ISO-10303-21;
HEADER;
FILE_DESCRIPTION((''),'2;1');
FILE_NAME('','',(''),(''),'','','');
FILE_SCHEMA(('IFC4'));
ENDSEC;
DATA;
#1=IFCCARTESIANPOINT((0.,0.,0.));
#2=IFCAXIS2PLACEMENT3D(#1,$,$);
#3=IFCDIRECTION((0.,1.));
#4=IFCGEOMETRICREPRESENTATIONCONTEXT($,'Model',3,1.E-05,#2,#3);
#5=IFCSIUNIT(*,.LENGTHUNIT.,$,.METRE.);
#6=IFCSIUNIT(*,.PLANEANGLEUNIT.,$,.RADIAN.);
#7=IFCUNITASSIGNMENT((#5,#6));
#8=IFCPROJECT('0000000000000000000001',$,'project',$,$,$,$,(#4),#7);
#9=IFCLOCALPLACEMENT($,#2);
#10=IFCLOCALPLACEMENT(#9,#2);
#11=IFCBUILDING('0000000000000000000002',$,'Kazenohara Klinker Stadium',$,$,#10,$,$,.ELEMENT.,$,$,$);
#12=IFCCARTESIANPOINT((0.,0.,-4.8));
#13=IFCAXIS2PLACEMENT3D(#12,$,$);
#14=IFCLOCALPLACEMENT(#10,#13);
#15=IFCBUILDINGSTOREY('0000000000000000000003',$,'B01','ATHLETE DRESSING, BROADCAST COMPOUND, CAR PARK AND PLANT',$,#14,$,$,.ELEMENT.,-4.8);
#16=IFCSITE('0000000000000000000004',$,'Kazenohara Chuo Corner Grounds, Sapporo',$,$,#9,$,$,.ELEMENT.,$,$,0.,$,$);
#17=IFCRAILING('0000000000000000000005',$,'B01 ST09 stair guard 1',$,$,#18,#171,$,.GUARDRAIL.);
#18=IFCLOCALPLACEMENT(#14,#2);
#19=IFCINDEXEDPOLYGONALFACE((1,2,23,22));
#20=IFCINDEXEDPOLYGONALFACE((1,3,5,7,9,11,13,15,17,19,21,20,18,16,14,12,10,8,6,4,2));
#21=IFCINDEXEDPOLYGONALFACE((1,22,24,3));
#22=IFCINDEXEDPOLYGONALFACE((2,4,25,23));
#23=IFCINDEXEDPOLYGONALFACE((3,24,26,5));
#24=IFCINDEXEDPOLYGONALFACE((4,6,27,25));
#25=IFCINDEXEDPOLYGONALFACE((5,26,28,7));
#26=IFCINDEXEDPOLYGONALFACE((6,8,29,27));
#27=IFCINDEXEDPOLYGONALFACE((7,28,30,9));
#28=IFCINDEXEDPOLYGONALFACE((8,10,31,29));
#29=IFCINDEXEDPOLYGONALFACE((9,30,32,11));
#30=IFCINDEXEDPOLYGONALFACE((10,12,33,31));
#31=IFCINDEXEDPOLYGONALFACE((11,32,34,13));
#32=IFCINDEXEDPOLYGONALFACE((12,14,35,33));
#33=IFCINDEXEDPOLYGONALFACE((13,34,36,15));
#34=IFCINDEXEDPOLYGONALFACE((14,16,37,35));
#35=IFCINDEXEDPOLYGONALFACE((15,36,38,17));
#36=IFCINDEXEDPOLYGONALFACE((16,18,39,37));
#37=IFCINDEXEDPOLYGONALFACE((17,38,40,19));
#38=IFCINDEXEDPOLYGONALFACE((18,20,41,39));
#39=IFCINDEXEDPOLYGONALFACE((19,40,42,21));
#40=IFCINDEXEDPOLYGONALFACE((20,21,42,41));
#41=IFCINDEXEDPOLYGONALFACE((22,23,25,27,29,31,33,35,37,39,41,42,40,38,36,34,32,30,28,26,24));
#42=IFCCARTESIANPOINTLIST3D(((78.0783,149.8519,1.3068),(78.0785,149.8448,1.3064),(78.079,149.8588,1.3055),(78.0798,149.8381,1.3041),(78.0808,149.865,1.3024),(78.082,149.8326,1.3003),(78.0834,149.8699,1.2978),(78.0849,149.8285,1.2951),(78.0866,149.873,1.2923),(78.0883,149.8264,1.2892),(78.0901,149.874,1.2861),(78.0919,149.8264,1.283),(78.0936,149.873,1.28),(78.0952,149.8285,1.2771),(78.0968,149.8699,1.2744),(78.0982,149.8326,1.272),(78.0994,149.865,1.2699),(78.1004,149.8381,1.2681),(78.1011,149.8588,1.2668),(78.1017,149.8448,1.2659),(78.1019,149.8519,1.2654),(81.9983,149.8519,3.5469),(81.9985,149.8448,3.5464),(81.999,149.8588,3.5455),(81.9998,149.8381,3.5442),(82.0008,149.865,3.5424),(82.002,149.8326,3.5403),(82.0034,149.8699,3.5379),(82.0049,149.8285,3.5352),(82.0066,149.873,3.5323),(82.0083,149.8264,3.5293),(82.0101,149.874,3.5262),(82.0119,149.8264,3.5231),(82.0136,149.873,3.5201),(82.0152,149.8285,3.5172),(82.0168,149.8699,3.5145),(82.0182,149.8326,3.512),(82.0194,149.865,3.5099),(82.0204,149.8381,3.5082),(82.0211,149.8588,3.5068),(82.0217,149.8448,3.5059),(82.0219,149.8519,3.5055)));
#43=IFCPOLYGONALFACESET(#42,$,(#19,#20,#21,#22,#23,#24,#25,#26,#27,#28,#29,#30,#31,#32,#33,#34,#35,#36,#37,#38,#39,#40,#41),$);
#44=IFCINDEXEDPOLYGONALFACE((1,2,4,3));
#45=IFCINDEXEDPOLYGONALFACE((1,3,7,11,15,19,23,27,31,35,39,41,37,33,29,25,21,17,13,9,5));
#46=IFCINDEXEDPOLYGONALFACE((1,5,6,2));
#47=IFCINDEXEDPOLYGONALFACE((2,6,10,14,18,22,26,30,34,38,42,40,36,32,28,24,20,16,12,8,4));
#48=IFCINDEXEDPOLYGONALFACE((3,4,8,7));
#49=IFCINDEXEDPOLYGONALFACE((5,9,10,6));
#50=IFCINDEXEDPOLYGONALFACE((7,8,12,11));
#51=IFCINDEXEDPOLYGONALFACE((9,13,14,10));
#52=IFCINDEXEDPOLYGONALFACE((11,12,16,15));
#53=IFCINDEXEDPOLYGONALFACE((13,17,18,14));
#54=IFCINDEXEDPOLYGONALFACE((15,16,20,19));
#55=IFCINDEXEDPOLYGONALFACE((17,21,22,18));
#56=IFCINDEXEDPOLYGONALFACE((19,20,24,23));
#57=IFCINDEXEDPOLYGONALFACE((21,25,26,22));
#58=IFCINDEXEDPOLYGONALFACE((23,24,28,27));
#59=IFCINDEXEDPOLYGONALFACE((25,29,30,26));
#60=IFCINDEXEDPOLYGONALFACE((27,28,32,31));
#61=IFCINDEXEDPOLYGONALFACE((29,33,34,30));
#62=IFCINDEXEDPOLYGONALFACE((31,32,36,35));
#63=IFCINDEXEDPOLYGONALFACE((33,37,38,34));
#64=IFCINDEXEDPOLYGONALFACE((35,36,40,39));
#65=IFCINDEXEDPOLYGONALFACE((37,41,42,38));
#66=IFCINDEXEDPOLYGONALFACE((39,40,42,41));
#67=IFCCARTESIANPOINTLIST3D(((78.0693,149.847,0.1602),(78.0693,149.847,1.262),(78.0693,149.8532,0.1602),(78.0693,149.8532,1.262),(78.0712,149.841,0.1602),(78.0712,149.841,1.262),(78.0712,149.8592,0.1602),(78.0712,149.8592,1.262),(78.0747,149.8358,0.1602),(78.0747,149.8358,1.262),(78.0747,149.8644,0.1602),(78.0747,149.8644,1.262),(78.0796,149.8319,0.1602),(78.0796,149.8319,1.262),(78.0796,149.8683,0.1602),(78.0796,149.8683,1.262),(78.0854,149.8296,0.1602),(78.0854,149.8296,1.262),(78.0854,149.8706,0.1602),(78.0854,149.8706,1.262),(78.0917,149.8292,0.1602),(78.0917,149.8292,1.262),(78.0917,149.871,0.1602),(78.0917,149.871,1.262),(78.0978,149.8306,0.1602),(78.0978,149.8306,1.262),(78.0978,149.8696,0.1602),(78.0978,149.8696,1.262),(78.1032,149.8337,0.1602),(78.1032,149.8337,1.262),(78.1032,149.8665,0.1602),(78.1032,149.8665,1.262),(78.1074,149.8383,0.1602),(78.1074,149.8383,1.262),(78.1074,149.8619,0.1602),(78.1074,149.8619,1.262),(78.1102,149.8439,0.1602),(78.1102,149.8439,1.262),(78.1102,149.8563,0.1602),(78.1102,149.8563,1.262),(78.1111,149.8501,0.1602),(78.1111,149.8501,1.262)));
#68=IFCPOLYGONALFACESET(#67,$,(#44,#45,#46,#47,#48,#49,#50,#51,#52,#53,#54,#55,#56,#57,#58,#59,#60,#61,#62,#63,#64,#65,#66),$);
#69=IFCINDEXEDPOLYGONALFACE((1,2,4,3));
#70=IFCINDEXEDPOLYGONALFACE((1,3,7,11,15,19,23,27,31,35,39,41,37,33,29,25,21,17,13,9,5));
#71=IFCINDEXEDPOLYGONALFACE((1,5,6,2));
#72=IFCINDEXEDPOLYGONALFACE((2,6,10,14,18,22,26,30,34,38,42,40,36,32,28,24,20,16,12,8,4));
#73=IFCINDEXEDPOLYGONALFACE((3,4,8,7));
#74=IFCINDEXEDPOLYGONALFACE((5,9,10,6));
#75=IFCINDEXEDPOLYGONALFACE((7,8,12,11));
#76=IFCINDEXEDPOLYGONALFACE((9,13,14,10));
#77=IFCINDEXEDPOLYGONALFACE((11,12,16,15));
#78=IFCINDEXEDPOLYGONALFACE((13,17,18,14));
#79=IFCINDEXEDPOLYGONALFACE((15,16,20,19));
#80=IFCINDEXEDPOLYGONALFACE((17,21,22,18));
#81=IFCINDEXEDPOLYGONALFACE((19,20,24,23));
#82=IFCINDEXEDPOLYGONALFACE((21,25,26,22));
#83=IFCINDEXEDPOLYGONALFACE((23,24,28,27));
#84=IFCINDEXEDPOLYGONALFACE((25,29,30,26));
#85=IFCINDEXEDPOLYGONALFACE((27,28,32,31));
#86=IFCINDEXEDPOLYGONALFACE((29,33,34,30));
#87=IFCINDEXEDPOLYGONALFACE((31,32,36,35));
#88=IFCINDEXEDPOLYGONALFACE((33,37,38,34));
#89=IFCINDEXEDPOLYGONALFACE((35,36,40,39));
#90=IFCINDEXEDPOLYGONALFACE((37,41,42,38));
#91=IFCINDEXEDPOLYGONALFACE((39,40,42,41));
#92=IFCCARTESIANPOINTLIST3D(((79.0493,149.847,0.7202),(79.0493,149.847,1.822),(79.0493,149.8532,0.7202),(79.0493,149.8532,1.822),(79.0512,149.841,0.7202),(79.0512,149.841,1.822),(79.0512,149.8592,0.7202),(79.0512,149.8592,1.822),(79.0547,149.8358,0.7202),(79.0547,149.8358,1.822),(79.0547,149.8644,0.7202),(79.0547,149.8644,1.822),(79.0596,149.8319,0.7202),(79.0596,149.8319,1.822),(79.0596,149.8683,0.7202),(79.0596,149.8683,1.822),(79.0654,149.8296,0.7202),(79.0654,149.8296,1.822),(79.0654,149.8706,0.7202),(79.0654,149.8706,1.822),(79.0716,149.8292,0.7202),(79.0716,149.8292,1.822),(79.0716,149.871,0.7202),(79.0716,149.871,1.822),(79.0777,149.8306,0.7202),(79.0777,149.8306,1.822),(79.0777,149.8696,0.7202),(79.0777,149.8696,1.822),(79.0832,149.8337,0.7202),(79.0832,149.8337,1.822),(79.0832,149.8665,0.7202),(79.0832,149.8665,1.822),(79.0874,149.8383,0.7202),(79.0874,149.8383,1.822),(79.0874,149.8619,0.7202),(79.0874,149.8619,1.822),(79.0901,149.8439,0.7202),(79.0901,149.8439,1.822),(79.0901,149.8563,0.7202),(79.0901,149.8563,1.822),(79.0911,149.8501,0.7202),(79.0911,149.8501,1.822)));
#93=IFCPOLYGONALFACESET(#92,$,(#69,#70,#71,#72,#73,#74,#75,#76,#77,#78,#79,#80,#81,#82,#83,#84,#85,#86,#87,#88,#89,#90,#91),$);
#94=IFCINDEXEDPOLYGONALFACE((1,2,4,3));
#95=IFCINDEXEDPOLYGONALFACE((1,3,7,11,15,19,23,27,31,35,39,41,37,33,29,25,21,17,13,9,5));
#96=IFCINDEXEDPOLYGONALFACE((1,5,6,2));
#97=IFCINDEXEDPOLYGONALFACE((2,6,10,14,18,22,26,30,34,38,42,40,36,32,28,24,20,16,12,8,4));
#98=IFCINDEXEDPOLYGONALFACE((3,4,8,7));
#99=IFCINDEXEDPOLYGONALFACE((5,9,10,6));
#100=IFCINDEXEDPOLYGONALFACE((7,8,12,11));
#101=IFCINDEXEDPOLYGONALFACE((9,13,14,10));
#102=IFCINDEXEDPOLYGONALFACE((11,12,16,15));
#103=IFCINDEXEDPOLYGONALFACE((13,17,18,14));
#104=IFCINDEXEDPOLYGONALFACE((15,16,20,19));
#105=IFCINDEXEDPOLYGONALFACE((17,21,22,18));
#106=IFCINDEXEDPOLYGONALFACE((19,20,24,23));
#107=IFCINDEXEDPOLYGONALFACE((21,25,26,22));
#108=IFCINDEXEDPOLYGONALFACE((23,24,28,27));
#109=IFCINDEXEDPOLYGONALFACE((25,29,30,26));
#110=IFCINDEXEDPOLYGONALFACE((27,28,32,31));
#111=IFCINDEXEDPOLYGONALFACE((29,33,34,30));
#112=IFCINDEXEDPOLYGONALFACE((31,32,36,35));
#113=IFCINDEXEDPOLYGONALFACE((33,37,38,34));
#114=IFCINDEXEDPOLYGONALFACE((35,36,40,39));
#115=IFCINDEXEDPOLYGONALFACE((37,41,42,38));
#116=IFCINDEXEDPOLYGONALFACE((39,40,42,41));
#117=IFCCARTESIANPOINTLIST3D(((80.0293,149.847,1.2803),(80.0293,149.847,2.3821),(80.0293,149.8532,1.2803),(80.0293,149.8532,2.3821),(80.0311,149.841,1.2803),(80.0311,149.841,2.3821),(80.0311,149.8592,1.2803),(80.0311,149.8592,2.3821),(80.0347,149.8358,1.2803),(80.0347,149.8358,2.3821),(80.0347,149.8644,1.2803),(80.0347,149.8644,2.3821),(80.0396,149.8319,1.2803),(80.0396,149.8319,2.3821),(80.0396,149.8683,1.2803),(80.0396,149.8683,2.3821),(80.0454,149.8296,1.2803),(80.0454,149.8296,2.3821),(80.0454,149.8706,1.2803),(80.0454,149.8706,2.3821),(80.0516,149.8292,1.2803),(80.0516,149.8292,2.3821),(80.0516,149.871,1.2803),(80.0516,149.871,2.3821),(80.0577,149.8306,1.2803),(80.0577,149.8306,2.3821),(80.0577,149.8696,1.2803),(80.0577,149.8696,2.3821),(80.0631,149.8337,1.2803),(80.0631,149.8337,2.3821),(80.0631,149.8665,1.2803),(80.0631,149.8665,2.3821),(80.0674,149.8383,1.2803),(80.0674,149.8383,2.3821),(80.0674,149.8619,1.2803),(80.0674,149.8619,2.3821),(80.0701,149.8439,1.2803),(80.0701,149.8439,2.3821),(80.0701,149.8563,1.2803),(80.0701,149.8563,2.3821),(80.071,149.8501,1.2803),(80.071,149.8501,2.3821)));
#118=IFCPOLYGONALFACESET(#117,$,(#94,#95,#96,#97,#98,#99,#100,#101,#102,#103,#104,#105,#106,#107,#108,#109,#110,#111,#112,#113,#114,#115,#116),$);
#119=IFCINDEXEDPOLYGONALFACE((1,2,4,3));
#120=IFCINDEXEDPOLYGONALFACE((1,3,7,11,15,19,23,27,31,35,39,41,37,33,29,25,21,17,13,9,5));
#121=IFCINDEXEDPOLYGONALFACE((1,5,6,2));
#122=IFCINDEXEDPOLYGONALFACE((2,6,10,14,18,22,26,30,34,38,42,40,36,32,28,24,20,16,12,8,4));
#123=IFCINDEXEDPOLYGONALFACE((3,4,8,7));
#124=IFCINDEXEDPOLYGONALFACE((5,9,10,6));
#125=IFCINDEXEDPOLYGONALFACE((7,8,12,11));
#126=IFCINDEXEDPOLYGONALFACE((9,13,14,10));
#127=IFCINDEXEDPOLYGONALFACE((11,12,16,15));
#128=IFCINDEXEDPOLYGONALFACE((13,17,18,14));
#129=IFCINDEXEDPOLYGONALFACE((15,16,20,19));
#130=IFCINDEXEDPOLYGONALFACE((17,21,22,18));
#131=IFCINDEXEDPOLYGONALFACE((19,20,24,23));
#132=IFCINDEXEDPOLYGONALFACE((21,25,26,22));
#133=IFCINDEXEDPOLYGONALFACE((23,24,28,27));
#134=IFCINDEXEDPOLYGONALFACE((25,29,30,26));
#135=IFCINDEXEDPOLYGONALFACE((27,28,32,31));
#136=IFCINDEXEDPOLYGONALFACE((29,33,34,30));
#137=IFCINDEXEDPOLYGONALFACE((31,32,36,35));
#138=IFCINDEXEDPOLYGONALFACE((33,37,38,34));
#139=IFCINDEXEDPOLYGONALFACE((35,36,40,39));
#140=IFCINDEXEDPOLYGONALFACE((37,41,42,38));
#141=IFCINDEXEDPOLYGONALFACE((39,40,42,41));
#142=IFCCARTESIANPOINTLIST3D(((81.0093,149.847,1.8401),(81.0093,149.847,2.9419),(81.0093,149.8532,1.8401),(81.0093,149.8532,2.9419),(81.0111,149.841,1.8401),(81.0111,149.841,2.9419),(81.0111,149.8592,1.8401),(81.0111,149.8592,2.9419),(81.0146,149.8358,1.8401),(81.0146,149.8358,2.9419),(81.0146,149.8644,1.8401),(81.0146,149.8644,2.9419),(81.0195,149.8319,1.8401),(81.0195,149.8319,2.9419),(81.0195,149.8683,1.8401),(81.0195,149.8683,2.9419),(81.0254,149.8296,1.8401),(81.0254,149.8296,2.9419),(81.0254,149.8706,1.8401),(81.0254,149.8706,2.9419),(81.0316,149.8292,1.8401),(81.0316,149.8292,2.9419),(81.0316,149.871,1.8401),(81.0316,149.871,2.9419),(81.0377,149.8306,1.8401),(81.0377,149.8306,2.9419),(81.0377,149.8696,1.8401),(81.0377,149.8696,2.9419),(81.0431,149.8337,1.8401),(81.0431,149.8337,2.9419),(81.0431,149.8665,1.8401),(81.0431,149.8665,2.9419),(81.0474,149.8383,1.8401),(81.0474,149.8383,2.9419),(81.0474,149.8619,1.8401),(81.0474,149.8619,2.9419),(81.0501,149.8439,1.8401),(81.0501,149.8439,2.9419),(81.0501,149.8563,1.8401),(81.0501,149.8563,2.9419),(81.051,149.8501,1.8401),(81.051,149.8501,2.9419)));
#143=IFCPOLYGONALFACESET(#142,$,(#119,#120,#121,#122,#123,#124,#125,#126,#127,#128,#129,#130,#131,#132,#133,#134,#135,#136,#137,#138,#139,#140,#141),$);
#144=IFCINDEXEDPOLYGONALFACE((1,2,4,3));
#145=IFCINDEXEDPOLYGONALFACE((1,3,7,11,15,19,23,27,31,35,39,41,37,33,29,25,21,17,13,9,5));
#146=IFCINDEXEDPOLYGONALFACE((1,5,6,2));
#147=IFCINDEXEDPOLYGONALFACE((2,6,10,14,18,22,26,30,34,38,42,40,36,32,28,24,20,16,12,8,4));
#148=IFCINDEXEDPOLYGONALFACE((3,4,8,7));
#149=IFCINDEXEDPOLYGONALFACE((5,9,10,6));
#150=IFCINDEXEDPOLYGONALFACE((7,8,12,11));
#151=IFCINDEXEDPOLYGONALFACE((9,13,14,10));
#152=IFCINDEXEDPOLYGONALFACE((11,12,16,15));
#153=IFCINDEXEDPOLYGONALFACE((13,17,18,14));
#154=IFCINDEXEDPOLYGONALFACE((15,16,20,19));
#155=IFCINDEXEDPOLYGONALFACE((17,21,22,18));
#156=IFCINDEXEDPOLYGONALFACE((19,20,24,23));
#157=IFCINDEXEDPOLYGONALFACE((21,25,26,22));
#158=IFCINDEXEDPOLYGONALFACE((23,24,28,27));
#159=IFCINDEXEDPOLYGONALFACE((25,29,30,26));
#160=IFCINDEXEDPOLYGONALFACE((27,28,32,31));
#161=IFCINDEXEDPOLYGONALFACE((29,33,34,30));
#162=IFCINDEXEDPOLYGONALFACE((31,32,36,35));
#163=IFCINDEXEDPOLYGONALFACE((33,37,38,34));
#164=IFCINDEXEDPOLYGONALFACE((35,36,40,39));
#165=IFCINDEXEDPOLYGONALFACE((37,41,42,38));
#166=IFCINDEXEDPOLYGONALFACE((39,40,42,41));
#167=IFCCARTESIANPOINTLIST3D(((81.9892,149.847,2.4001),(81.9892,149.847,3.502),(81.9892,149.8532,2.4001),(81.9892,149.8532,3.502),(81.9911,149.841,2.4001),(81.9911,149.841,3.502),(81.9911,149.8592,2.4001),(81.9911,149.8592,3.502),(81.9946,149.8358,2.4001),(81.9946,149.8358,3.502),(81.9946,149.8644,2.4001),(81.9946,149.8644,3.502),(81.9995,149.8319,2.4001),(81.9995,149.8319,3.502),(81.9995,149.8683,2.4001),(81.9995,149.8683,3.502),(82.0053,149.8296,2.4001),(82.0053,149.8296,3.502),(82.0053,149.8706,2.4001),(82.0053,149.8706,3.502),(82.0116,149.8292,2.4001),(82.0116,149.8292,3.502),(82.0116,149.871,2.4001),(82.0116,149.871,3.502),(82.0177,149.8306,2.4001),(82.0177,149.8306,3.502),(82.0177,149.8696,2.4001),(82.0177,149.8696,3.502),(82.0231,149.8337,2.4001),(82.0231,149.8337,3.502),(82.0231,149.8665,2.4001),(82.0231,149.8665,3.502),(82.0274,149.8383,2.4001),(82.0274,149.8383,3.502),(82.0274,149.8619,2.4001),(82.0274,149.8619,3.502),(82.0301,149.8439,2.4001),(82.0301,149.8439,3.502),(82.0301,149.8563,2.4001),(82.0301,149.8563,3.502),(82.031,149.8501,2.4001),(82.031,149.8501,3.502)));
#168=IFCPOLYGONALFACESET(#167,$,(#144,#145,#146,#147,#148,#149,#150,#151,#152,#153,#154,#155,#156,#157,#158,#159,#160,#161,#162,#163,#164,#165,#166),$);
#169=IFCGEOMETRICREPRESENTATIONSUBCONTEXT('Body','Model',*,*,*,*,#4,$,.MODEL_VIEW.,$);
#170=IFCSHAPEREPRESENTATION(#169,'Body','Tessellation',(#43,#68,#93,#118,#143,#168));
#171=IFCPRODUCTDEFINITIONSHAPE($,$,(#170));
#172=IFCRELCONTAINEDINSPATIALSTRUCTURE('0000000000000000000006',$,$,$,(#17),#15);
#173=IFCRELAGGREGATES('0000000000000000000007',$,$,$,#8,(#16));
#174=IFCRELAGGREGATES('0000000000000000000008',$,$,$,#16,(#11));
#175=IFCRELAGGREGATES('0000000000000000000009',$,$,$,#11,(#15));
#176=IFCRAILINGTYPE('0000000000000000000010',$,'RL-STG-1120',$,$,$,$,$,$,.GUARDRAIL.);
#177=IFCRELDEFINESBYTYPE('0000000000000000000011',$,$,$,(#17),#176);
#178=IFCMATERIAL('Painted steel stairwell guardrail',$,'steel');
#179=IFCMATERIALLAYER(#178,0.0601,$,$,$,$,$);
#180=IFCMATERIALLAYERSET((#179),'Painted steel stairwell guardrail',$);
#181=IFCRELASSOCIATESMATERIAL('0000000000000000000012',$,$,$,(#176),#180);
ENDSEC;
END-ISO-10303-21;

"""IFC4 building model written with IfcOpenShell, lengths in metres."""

from ifc_helpers import new_model, si_unit, direction, frame, origin, origin_2d, place, context, subcontext, project, spatial, circle, extrude, material, layer, layer_set, type_object, element, save


model = new_model("IFC4")

# Units and contexts
model_context = context("Model", 3, precision=1e-05, world=origin(), true_north=direction((0.0, 1.0)))
body_context = subcontext(model_context, "Body", "Model", "MODEL_VIEW")
ifc_project = project(units=[si_unit("LENGTHUNIT", "METRE"), si_unit("PLANEANGLEUNIT", "RADIAN")], contexts=[model_context])

# Site, building, storey
site_placement = place(None, origin())
site = spatial("IfcSite", under=ifc_project, at=site_placement, Name="Kazenohara Chuo Corner Grounds, Sapporo", CompositionType="ELEMENT", RefElevation=0.0)
building_placement = place(site_placement, origin())
building = spatial("IfcBuilding", under=site, at=building_placement, Name="Kazenohara Klinker Stadium", CompositionType="ELEMENT")
storey_placement = place(building_placement, frame((0.0, 0.0, -4.8)))
storey = spatial("IfcBuildingStorey", under=building, at=storey_placement, Name="B01", Description="ATHLETE DRESSING, BROADCAST COMPOUND, CAR PARK AND PLANT", CompositionType="ELEMENT", Elevation=-4.8)

# Railing
ifc_material_1 = material(Name="Painted steel stairwell guardrail", Category="steel")
ifc_layer_1 = layer(ifc_material_1, 0.0601)
ifc_layer_set_1 = layer_set([ifc_layer_1], Name="Painted steel stairwell guardrail")
railing_type_1 = type_object("IfcRailingType", Name="RL-STG-1120", PredefinedType="GUARDRAIL", material=ifc_layer_set_1)
railing_1_placement = place(storey_placement, frame((78.0901, 149.8501, 0.1602)))
element("IfcRailing", 1, at=railing_1_placement, inside=storey, type_object=railing_type_1, Name="B01 ST09 stair guard 1", PredefinedType="GUARDRAIL", context=body_context, shape_type="SweptSolid", body=[
    extrude(circle(Radius=0.0239, at=origin_2d()), frame((0.0, 0.0, 1.126), z_axis=(0.86824, 0.0, 0.496145), x_axis=(0.0, 1.0, 0.0)), (0.0, 0.0, 1.0), 4.5149),
    extrude(circle(Radius=0.021, at=origin_2d()), origin(), (0.0, 0.0, 1.0), 1.1018),
    extrude(circle(Radius=0.021, at=origin_2d()), frame((0.98, 0.0, 0.5601)), (0.0, 0.0, 1.0), 1.1018),
    extrude(circle(Radius=0.021, at=origin_2d()), frame((1.96, 0.0, 1.1201)), (0.0, 0.0, 1.0), 1.1018),
    extrude(circle(Radius=0.021, at=origin_2d()), frame((2.9399, 0.0, 1.6799)), (0.0, 0.0, 1.0), 1.1018),
    extrude(circle(Radius=0.021, at=origin_2d()), frame((3.9199, 0.0, 2.24)), (0.0, 0.0, 1.0), 1.1018),
])

save(model, "model.ifc")
